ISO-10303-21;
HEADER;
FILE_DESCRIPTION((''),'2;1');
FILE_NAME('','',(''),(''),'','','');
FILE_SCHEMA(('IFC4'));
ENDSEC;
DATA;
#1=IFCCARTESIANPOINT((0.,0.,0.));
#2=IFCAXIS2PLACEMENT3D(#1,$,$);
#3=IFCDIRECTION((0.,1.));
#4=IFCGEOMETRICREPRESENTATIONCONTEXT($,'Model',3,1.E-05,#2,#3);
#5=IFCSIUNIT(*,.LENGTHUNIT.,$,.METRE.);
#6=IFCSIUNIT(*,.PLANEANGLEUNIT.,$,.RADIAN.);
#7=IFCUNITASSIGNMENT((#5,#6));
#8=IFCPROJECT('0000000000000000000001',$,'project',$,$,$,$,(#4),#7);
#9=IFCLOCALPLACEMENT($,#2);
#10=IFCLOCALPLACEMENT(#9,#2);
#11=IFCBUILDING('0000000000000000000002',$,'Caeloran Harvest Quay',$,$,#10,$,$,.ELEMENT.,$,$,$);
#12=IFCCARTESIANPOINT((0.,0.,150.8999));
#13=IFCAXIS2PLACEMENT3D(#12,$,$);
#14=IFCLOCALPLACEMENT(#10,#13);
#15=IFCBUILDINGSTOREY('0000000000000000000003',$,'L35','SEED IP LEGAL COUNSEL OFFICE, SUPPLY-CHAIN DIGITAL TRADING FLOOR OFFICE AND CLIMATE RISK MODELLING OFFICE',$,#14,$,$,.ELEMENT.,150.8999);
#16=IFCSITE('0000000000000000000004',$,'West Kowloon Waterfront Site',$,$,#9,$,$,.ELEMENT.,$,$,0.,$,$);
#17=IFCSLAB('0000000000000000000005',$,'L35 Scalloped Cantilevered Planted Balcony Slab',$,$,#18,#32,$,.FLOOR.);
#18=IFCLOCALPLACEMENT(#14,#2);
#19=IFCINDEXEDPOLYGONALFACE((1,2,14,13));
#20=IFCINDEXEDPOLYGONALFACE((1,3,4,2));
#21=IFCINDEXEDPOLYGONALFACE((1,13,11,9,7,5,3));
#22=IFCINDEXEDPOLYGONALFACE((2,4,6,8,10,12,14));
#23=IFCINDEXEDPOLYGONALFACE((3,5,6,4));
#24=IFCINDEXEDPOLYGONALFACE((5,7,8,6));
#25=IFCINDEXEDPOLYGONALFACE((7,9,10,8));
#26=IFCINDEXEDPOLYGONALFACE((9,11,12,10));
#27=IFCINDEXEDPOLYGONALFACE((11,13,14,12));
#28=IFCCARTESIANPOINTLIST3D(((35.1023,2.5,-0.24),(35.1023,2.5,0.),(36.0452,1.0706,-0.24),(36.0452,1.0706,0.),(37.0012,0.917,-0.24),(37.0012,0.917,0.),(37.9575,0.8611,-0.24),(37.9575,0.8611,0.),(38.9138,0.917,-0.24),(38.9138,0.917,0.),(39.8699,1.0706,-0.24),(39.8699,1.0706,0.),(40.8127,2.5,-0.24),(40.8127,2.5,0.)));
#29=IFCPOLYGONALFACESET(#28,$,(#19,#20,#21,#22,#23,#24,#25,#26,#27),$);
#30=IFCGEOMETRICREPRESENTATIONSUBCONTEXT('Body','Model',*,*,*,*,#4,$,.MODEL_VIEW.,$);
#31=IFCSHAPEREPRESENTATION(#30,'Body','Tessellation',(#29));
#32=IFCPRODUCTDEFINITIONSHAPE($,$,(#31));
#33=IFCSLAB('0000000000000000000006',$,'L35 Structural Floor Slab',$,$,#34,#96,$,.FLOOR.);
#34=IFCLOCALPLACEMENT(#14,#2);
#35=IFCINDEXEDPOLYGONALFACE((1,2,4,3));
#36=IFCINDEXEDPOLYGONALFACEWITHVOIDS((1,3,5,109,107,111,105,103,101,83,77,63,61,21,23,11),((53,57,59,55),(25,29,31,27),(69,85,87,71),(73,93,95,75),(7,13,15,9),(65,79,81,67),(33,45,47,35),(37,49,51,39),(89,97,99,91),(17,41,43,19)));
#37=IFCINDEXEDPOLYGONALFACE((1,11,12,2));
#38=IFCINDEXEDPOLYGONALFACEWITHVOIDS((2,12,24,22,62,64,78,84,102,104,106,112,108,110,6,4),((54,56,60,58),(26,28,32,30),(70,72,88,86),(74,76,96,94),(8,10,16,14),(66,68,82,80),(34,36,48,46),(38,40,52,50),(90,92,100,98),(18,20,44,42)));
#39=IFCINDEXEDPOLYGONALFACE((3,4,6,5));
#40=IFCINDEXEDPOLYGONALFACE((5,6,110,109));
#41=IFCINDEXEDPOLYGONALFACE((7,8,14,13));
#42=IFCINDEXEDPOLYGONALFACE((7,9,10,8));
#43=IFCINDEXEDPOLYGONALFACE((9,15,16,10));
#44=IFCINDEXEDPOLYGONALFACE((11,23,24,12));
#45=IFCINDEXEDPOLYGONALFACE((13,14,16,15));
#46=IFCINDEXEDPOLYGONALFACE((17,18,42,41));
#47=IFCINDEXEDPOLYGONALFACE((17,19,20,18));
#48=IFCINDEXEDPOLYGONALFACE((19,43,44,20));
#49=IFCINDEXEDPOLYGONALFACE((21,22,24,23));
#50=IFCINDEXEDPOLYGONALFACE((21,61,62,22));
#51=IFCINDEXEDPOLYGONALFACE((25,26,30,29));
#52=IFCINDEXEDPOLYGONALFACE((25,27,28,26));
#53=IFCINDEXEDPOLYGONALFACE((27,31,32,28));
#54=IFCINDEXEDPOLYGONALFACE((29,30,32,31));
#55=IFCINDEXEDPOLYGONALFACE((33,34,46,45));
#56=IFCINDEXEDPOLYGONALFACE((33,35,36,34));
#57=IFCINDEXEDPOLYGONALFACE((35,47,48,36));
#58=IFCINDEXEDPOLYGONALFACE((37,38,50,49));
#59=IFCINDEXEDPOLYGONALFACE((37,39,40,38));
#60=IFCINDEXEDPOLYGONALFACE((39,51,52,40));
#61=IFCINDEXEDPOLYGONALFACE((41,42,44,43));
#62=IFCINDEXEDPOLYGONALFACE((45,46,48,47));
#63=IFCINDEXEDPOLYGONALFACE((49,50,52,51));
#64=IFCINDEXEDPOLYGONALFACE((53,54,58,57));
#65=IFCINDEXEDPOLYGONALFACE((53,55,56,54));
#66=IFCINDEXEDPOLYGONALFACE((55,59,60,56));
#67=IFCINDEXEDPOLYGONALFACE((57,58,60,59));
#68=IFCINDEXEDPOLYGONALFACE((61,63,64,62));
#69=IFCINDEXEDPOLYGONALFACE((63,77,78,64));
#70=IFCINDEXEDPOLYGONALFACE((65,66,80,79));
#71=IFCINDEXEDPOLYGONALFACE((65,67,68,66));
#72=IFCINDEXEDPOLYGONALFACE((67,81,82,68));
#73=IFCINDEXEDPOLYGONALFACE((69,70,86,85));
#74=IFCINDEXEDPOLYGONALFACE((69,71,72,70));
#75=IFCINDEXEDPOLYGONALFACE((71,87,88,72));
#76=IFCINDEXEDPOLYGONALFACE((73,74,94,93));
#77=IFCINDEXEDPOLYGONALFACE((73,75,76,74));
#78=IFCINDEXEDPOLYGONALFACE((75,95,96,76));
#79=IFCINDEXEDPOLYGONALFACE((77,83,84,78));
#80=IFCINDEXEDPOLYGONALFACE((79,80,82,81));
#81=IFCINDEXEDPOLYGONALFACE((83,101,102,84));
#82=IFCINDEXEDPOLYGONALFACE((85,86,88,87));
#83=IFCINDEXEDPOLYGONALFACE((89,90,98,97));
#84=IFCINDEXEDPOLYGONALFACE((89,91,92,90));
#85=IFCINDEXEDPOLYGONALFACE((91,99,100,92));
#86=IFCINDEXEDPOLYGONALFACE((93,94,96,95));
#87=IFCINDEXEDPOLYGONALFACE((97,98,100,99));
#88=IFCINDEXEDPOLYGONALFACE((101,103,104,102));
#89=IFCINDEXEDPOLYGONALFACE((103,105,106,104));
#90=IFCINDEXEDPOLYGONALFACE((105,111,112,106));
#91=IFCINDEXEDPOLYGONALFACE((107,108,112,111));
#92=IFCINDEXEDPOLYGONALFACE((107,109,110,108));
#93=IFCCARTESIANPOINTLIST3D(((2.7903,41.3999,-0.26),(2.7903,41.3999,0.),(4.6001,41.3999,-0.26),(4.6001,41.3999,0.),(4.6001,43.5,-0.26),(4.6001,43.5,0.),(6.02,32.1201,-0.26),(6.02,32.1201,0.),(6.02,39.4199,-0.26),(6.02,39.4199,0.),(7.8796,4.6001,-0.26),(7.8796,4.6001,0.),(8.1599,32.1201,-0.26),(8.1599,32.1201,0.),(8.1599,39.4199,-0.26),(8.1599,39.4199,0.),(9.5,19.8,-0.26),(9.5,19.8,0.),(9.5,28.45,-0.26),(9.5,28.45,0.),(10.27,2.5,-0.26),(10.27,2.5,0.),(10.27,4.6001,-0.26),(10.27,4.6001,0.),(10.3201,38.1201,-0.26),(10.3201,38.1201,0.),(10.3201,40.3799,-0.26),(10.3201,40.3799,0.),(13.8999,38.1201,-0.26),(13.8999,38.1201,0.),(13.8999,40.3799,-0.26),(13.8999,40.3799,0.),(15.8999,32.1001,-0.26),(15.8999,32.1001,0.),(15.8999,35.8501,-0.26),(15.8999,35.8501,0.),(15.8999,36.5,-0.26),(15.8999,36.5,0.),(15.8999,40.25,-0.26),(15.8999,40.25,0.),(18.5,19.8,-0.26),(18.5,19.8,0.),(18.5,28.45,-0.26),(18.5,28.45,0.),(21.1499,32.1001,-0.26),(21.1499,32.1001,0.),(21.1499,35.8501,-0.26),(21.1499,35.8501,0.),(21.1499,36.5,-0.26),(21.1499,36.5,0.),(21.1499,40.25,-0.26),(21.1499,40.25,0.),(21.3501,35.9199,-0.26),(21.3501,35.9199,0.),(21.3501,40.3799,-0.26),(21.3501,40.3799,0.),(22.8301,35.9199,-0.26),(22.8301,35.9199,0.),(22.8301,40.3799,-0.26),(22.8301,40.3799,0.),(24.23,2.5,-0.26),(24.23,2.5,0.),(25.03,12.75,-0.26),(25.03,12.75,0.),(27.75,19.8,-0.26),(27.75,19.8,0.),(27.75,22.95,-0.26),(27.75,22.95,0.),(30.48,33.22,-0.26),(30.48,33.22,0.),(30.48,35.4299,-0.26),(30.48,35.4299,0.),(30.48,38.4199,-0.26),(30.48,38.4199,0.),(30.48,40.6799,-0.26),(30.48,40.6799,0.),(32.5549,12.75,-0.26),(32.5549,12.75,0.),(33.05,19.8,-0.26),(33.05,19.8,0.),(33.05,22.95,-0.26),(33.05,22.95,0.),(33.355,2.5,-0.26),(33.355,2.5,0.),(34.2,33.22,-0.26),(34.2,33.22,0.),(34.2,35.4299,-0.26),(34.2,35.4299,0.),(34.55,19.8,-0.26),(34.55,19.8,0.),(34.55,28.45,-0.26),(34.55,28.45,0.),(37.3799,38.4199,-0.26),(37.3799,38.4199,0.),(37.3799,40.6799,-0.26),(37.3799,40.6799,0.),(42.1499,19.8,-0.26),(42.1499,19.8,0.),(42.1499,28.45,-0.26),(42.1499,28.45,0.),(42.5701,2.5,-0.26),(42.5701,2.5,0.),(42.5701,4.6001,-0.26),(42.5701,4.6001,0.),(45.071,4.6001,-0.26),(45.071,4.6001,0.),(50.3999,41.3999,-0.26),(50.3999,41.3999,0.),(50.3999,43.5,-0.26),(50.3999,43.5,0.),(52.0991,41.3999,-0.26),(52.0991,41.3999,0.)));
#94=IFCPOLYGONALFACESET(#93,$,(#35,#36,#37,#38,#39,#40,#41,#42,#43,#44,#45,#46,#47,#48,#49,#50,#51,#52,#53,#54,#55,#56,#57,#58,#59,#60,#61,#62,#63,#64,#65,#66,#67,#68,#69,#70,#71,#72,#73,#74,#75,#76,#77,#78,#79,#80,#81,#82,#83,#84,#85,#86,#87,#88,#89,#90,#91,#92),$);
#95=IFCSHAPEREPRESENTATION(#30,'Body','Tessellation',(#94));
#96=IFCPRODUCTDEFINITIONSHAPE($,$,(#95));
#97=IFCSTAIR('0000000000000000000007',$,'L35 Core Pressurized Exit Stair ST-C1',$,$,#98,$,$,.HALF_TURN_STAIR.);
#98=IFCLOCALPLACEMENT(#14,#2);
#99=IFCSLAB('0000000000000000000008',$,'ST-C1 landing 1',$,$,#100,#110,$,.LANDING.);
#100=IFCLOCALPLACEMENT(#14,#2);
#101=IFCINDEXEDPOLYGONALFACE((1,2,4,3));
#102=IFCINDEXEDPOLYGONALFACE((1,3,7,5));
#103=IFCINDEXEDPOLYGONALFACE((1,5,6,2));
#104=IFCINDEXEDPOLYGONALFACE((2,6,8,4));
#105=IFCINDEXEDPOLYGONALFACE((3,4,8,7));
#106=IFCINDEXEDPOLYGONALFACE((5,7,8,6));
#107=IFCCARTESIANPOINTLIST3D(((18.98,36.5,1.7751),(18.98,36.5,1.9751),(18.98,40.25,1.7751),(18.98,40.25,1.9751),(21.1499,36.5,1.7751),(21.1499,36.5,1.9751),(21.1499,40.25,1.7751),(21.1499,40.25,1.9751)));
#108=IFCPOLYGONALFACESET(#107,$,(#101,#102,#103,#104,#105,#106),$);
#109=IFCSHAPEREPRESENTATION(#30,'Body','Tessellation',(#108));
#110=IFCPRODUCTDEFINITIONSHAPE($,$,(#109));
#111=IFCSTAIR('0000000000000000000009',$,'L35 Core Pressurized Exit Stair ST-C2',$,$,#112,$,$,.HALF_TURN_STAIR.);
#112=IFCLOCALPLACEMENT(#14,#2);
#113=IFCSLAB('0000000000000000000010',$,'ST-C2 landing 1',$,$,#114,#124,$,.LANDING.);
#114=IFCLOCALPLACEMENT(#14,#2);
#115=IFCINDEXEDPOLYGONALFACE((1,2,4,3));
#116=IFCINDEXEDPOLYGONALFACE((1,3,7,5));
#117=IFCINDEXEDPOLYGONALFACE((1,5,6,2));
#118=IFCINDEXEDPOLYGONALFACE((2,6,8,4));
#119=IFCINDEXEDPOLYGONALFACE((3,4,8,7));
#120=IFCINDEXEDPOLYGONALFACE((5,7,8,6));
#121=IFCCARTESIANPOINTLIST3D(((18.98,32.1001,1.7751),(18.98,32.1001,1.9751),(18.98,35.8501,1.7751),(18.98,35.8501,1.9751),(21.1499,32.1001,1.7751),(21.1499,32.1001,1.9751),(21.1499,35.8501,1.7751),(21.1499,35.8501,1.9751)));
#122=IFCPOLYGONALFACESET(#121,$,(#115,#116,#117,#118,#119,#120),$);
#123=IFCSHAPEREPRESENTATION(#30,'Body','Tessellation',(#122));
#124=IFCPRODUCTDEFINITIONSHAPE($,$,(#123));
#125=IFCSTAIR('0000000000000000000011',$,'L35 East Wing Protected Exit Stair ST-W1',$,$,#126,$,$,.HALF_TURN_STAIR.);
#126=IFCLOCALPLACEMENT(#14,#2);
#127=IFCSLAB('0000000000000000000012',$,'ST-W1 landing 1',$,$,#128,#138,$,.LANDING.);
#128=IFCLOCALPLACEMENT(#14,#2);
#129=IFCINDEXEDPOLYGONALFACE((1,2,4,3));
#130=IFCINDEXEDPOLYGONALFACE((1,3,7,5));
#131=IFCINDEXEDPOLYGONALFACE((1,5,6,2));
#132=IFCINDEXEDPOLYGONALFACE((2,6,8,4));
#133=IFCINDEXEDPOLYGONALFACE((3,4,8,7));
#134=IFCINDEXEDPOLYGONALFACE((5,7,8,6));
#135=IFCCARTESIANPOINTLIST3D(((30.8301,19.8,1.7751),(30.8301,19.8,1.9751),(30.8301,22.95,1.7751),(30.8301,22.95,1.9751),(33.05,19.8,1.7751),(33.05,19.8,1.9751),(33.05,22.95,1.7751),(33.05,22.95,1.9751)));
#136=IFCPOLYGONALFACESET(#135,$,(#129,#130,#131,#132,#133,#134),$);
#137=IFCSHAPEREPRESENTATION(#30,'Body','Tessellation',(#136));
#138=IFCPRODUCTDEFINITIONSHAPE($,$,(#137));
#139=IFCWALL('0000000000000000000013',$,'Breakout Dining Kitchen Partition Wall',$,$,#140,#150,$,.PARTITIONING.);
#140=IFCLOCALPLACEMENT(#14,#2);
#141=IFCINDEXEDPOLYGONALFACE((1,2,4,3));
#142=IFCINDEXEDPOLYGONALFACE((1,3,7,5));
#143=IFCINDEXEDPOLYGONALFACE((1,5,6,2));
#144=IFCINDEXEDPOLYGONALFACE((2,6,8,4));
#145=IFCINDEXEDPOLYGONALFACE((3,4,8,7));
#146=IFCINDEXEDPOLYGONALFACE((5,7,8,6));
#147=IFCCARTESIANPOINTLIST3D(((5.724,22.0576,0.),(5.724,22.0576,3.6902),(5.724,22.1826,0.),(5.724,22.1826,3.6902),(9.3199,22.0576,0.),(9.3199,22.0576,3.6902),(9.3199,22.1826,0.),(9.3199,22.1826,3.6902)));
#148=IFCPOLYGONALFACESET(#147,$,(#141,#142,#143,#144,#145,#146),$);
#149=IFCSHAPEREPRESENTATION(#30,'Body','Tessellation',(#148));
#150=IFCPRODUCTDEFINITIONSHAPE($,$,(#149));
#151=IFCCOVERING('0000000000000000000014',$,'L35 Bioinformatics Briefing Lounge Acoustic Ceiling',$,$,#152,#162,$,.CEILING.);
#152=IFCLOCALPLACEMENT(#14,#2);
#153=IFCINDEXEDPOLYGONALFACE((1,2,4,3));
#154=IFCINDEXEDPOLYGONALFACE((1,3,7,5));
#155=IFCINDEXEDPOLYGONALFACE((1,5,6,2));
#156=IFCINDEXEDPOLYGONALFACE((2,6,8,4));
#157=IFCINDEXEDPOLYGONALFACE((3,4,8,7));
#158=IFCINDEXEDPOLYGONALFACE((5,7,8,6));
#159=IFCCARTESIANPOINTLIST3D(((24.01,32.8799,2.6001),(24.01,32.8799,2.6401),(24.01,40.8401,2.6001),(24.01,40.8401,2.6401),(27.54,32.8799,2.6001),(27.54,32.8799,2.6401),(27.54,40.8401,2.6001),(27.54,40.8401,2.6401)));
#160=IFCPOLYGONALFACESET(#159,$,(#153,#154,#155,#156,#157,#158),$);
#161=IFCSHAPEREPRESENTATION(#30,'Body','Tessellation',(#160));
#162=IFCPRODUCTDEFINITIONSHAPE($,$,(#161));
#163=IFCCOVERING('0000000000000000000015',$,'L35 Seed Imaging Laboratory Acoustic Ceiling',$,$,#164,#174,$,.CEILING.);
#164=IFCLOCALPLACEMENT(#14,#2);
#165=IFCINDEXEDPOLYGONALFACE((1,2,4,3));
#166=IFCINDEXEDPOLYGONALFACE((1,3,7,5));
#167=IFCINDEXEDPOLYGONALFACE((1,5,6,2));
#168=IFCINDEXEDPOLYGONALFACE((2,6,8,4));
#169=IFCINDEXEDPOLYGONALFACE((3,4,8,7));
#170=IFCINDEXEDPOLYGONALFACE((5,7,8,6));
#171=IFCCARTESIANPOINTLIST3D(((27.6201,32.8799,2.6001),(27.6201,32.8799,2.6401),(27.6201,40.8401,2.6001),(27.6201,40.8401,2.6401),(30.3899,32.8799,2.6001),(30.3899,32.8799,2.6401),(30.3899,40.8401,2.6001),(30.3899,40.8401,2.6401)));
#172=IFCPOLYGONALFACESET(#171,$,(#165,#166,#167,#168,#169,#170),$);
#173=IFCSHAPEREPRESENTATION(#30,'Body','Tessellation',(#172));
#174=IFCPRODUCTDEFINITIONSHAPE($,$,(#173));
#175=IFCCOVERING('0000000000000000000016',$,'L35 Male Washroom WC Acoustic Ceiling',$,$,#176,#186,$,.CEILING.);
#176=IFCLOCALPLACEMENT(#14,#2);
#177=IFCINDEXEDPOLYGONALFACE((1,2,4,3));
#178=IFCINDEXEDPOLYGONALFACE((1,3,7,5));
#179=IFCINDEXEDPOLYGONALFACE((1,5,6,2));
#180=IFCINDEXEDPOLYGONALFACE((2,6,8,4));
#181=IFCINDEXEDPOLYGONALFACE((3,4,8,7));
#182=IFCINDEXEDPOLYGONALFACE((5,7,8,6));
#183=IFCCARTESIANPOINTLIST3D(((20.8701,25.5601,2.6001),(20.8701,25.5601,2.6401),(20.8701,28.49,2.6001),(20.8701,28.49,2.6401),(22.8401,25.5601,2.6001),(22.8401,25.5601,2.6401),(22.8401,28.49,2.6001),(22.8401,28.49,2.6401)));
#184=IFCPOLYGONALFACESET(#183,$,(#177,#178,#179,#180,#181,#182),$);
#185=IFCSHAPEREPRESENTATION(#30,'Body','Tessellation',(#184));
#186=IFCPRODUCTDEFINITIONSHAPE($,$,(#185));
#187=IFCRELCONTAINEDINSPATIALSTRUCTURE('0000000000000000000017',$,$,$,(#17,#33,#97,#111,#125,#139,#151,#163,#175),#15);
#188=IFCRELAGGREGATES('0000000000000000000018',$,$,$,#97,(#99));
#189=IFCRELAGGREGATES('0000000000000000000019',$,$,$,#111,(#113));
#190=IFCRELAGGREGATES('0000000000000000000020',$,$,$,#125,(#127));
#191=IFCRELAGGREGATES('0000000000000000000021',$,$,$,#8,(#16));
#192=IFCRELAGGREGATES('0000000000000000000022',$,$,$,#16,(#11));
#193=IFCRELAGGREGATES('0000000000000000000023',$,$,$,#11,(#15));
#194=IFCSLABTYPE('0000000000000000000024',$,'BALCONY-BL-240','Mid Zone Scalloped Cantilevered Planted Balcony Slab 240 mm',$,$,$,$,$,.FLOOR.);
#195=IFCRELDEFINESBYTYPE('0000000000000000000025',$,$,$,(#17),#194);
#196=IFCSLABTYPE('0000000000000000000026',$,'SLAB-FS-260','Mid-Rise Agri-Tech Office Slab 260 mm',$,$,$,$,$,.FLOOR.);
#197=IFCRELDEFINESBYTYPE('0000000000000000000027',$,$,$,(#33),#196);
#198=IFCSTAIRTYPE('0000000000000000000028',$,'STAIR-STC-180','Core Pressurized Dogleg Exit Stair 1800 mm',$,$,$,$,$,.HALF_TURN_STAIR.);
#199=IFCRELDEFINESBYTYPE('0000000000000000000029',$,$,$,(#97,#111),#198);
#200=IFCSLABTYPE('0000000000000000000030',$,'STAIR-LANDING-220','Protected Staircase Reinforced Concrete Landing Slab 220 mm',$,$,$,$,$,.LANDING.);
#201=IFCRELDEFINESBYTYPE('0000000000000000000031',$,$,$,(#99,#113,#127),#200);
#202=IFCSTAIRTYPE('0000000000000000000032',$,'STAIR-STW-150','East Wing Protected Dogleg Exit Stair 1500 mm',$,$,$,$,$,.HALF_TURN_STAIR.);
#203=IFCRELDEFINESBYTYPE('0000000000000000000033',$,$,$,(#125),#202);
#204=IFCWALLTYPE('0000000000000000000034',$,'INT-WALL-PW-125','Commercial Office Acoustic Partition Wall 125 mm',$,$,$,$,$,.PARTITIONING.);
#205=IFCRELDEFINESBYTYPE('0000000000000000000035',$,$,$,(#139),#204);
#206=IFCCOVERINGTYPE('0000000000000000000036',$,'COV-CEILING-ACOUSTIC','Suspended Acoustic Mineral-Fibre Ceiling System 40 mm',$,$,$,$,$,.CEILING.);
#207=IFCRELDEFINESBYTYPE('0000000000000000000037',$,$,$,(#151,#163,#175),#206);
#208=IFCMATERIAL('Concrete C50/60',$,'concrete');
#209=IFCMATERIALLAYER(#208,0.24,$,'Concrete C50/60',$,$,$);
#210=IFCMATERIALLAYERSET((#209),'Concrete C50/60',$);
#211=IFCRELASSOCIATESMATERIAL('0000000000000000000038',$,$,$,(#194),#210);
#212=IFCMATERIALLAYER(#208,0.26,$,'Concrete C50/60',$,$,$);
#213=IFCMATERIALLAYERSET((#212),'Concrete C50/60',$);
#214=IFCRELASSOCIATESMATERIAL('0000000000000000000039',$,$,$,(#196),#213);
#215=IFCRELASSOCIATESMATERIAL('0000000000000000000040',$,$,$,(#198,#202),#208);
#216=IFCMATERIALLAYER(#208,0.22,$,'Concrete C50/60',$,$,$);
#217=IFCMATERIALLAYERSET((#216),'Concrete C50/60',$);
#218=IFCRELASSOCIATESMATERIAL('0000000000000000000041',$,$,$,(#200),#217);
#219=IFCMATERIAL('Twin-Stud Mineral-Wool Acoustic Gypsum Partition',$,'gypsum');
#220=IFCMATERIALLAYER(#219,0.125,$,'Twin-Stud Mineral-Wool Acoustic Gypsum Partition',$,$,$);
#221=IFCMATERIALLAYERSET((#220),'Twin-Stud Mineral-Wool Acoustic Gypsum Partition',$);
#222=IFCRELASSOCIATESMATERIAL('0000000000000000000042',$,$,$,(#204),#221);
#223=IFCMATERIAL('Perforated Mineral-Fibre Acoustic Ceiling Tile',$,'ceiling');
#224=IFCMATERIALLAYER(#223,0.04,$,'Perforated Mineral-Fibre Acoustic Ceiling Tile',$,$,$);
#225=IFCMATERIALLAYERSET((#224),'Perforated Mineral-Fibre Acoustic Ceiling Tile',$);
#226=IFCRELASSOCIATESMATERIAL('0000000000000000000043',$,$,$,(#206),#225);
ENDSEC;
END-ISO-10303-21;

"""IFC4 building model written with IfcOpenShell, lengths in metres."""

from ifc_helpers import new_model, si_unit, direction, frame, frame_2d, origin, place, context, subcontext, project, spatial, polyline, rectangle, outline, extrude, material, layer, layer_set, type_object, element, aggregate, save


model = new_model("IFC4")

# Units and contexts
model_context = context("Model", 3, precision=1e-05, world=origin(), true_north=direction((0.0, 1.0)))
body_context = subcontext(model_context, "Body", "Model", "MODEL_VIEW")
ifc_project = project(units=[si_unit("LENGTHUNIT", "METRE"), si_unit("PLANEANGLEUNIT", "RADIAN")], contexts=[model_context])

# Site, building, storey
site_placement = place(None, origin())
site = spatial("IfcSite", under=ifc_project, at=site_placement, Name="West Kowloon Waterfront Site", CompositionType="ELEMENT", RefElevation=0.0)
building_placement = place(site_placement, origin())
building = spatial("IfcBuilding", under=site, at=building_placement, Name="Caeloran Harvest Quay", CompositionType="ELEMENT")
storey_placement = place(building_placement, frame((0.0, 0.0, 150.8999)))
storey = spatial("IfcBuildingStorey", under=building, at=storey_placement, Name="L35", Description="SEED IP LEGAL COUNSEL OFFICE, SUPPLY-CHAIN DIGITAL TRADING FLOOR OFFICE AND CLIMATE RISK MODELLING OFFICE", CompositionType="ELEMENT", Elevation=150.8999)

# Slabs
ifc_material_1 = material(Name="Concrete C50/60", Category="concrete")
ifc_layer_1 = layer(ifc_material_1, 0.24, Name="Concrete C50/60")
ifc_layer_set_1 = layer_set([ifc_layer_1], Name="Concrete C50/60")
slab_type_1 = type_object("IfcSlabType", Name="BALCONY-BL-240", Description="Mid Zone Scalloped Cantilevered Planted Balcony Slab 240 mm", PredefinedType="FLOOR", material=ifc_layer_set_1)
slab_1_placement = place(storey_placement, frame((0.0, 0.0, -0.24)))
element("IfcSlab", 1, at=slab_1_placement, inside=storey, type_object=slab_type_1, Name="L35 Scalloped Cantilevered Planted Balcony Slab", PredefinedType="FLOOR", context=body_context, shape_type="SweptSolid", body=[
    extrude(outline(polyline([(39.8699, 1.0706), (38.9138, 0.917), (37.9575, 0.8611), (37.0012, 0.917), (36.0452, 1.0706), (35.1023, 2.5), (40.8127, 2.5), (39.8699, 1.0706)])), origin(), (0.0, 0.0, 1.0), 0.24),
])
ifc_layer_2 = layer(ifc_material_1, 0.26, Name="Concrete C50/60")
ifc_layer_set_2 = layer_set([ifc_layer_2], Name="Concrete C50/60")
slab_type_2 = type_object("IfcSlabType", Name="SLAB-FS-260", Description="Mid-Rise Agri-Tech Office Slab 260 mm", PredefinedType="FLOOR", material=ifc_layer_set_2)
slab_2_placement = place(storey_placement, frame((0.0, 0.0, -0.26)))
element("IfcSlab", 2, at=slab_2_placement, inside=storey, type_object=slab_type_2, Name="L35 Structural Floor Slab", PredefinedType="FLOOR", context=body_context, shape_type="SweptSolid", body=[
    extrude(outline(polyline([(10.27, 2.5), (24.23, 2.5), (25.03, 12.75), (32.5549, 12.75), (33.355, 2.5), (42.5701, 2.5), (42.5701, 4.6001), (45.071, 4.6001), (52.0991, 41.3999), (50.3999, 41.3999), (50.3999, 43.5), (4.6001, 43.5), (4.6001, 41.3999), (2.7903, 41.3999), (7.8796, 4.6001), (10.27, 4.6001), (10.27, 2.5)]), holes=[polyline([(27.75, 19.8), (27.75, 22.95), (33.05, 22.95), (33.05, 19.8), (27.75, 19.8)]), polyline([(18.5, 19.8), (9.5, 19.8), (9.5, 28.45), (18.5, 28.45), (18.5, 19.8)]), polyline([(42.1499, 19.8), (34.55, 19.8), (34.55, 28.45), (42.1499, 28.45), (42.1499, 19.8)]), polyline([(15.8999, 35.8501), (21.1499, 35.8501), (21.1499, 32.1001), (15.8999, 32.1001), (15.8999, 35.8501)]), polyline([(30.48, 33.22), (30.48, 35.4299), (34.2, 35.4299), (34.2, 33.22), (30.48, 33.22)]), polyline([(8.1599, 32.1201), (6.02, 32.1201), (6.02, 39.4199), (8.1599, 39.4199), (8.1599, 32.1201)]), polyline([(22.8301, 35.9199), (21.3501, 35.9199), (21.3501, 40.3799), (22.8301, 40.3799), (22.8301, 35.9199)]), polyline([(15.8999, 36.5), (15.8999, 40.25), (21.1499, 40.25), (21.1499, 36.5), (15.8999, 36.5)]), polyline([(10.3201, 38.1201), (10.3201, 40.3799), (13.8999, 40.3799), (13.8999, 38.1201), (10.3201, 38.1201)]), polyline([(30.48, 38.4199), (30.48, 40.6799), (37.3799, 40.6799), (37.3799, 38.4199), (30.48, 38.4199)])]), origin(), (0.0, 0.0, 1.0), 0.26),
])

# Stairs, slabs
stair_type_1 = type_object("IfcStairType", Name="STAIR-STC-180", Description="Core Pressurized Dogleg Exit Stair 1800 mm", PredefinedType="HALF_TURN_STAIR", material=ifc_material_1)
stair_1_placement = place(storey_placement, origin())
stair_1 = element("IfcStair", 3, at=stair_1_placement, inside=storey, type_object=stair_type_1, Name="L35 Core Pressurized Exit Stair ST-C1", PredefinedType="HALF_TURN_STAIR")
ifc_layer_3 = layer(ifc_material_1, 0.22, Name="Concrete C50/60")
ifc_layer_set_3 = layer_set([ifc_layer_3], Name="Concrete C50/60")
slab_type_3 = type_object("IfcSlabType", Name="STAIR-LANDING-220", Description="Protected Staircase Reinforced Concrete Landing Slab 220 mm", PredefinedType="LANDING", material=ifc_layer_set_3)
slab_3_placement = place(storey_placement, frame((0.0, 0.0, 1.7751)))
slab_3 = element("IfcSlab", 4, at=slab_3_placement, type_object=slab_type_3, Name="ST-C1 landing 1", PredefinedType="LANDING", context=body_context, shape_type="SweptSolid", body=[
    extrude(outline(polyline([(18.98, 36.5), (21.1499, 36.5), (21.1499, 40.25), (18.98, 40.25), (18.98, 36.5)])), origin(), (0.0, 0.0, 1.0), 0.2),
])
aggregate(stair_1, [slab_3])
stair_2_placement = place(storey_placement, origin())
stair_2 = element("IfcStair", 5, at=stair_2_placement, inside=storey, type_object=stair_type_1, Name="L35 Core Pressurized Exit Stair ST-C2", PredefinedType="HALF_TURN_STAIR")
slab_4_placement = place(storey_placement, frame((0.0, 0.0, 1.7751)))
slab_4 = element("IfcSlab", 6, at=slab_4_placement, type_object=slab_type_3, Name="ST-C2 landing 1", PredefinedType="LANDING", context=body_context, shape_type="SweptSolid", body=[
    extrude(outline(polyline([(18.98, 32.1001), (21.1499, 32.1001), (21.1499, 35.8501), (18.98, 35.8501), (18.98, 32.1001)])), origin(), (0.0, 0.0, 1.0), 0.2),
])
aggregate(stair_2, [slab_4])
stair_type_2 = type_object("IfcStairType", Name="STAIR-STW-150", Description="East Wing Protected Dogleg Exit Stair 1500 mm", PredefinedType="HALF_TURN_STAIR", material=ifc_material_1)
stair_3_placement = place(storey_placement, origin())
stair_3 = element("IfcStair", 7, at=stair_3_placement, inside=storey, type_object=stair_type_2, Name="L35 East Wing Protected Exit Stair ST-W1", PredefinedType="HALF_TURN_STAIR")
slab_5_placement = place(storey_placement, frame((0.0, 0.0, 1.7751)))
slab_5 = element("IfcSlab", 8, at=slab_5_placement, type_object=slab_type_3, Name="ST-W1 landing 1", PredefinedType="LANDING", context=body_context, shape_type="SweptSolid", body=[
    extrude(outline(polyline([(30.8301, 19.8), (33.05, 19.8), (33.05, 22.95), (30.8301, 22.95), (30.8301, 19.8)])), origin(), (0.0, 0.0, 1.0), 0.2),
])
aggregate(stair_3, [slab_5])

# Wall
ifc_material_2 = material(Name="Twin-Stud Mineral-Wool Acoustic Gypsum Partition", Category="gypsum")
ifc_layer_4 = layer(ifc_material_2, 0.125, Name="Twin-Stud Mineral-Wool Acoustic Gypsum Partition")
ifc_layer_set_4 = layer_set([ifc_layer_4], Name="Twin-Stud Mineral-Wool Acoustic Gypsum Partition")
wall_type = type_object("IfcWallType", Name="INT-WALL-PW-125", Description="Commercial Office Acoustic Partition Wall 125 mm", PredefinedType="PARTITIONING", material=ifc_layer_set_4)
wall_placement = place(storey_placement, frame((5.7241, 22.1201, 0.0), z_axis=(0.0, 0.0, 1.0), x_axis=(1.0, 0.0, 0.0)))
element("IfcWall", 9, at=wall_placement, inside=storey, type_object=wall_type, Name="Breakout Dining Kitchen Partition Wall", PredefinedType="PARTITIONING", context=body_context, shape_type="SweptSolid", body=[
    extrude(rectangle(XDim=3.5959, YDim=0.125, at=frame_2d((1.7979, 0.0))), origin(), (0.0, 0.0, 1.0), 3.6902),
])

# Coverings
ifc_material_3 = material(Name="Perforated Mineral-Fibre Acoustic Ceiling Tile", Category="ceiling")
ifc_layer_5 = layer(ifc_material_3, 0.04, Name="Perforated Mineral-Fibre Acoustic Ceiling Tile")
ifc_layer_set_5 = layer_set([ifc_layer_5], Name="Perforated Mineral-Fibre Acoustic Ceiling Tile")
covering_type_1 = type_object("IfcCoveringType", Name="COV-CEILING-ACOUSTIC", Description="Suspended Acoustic Mineral-Fibre Ceiling System 40 mm", PredefinedType="CEILING", material=ifc_layer_set_5)
covering_1_placement = place(storey_placement, frame((0.0, 0.0, 2.6001)))
element("IfcCovering", 10, at=covering_1_placement, inside=storey, type_object=covering_type_1, Name="L35 Bioinformatics Briefing Lounge Acoustic Ceiling", PredefinedType="CEILING", context=body_context, shape_type="SweptSolid", body=[
    extrude(outline(polyline([(27.54, 40.8401), (27.54, 32.8799), (24.01, 32.8799), (24.01, 40.8401), (27.54, 40.8401)])), origin(), (0.0, 0.0, 1.0), 0.04),
])
covering_2_placement = place(storey_placement, frame((0.0, 0.0, 2.6001)))
element("IfcCovering", 11, at=covering_2_placement, inside=storey, type_object=covering_type_1, Name="L35 Seed Imaging Laboratory Acoustic Ceiling", PredefinedType="CEILING", context=body_context, shape_type="SweptSolid", body=[
    extrude(outline(polyline([(30.3899, 40.8401), (30.3899, 32.8799), (27.6201, 32.8799), (27.6201, 40.8401), (30.3899, 40.8401)])), origin(), (0.0, 0.0, 1.0), 0.04),
])
covering_3_placement = place(storey_placement, frame((0.0, 0.0, 2.6001)))
element("IfcCovering", 12, at=covering_3_placement, inside=storey, type_object=covering_type_1, Name="L35 Male Washroom WC Acoustic Ceiling", PredefinedType="CEILING", context=body_context, shape_type="SweptSolid", body=[
    extrude(outline(polyline([(22.8401, 25.5601), (20.8701, 25.5601), (20.8701, 28.49), (22.8401, 28.49), (22.8401, 25.5601)])), origin(), (0.0, 0.0, 1.0), 0.04),
])

save(model, "model.ifc")
